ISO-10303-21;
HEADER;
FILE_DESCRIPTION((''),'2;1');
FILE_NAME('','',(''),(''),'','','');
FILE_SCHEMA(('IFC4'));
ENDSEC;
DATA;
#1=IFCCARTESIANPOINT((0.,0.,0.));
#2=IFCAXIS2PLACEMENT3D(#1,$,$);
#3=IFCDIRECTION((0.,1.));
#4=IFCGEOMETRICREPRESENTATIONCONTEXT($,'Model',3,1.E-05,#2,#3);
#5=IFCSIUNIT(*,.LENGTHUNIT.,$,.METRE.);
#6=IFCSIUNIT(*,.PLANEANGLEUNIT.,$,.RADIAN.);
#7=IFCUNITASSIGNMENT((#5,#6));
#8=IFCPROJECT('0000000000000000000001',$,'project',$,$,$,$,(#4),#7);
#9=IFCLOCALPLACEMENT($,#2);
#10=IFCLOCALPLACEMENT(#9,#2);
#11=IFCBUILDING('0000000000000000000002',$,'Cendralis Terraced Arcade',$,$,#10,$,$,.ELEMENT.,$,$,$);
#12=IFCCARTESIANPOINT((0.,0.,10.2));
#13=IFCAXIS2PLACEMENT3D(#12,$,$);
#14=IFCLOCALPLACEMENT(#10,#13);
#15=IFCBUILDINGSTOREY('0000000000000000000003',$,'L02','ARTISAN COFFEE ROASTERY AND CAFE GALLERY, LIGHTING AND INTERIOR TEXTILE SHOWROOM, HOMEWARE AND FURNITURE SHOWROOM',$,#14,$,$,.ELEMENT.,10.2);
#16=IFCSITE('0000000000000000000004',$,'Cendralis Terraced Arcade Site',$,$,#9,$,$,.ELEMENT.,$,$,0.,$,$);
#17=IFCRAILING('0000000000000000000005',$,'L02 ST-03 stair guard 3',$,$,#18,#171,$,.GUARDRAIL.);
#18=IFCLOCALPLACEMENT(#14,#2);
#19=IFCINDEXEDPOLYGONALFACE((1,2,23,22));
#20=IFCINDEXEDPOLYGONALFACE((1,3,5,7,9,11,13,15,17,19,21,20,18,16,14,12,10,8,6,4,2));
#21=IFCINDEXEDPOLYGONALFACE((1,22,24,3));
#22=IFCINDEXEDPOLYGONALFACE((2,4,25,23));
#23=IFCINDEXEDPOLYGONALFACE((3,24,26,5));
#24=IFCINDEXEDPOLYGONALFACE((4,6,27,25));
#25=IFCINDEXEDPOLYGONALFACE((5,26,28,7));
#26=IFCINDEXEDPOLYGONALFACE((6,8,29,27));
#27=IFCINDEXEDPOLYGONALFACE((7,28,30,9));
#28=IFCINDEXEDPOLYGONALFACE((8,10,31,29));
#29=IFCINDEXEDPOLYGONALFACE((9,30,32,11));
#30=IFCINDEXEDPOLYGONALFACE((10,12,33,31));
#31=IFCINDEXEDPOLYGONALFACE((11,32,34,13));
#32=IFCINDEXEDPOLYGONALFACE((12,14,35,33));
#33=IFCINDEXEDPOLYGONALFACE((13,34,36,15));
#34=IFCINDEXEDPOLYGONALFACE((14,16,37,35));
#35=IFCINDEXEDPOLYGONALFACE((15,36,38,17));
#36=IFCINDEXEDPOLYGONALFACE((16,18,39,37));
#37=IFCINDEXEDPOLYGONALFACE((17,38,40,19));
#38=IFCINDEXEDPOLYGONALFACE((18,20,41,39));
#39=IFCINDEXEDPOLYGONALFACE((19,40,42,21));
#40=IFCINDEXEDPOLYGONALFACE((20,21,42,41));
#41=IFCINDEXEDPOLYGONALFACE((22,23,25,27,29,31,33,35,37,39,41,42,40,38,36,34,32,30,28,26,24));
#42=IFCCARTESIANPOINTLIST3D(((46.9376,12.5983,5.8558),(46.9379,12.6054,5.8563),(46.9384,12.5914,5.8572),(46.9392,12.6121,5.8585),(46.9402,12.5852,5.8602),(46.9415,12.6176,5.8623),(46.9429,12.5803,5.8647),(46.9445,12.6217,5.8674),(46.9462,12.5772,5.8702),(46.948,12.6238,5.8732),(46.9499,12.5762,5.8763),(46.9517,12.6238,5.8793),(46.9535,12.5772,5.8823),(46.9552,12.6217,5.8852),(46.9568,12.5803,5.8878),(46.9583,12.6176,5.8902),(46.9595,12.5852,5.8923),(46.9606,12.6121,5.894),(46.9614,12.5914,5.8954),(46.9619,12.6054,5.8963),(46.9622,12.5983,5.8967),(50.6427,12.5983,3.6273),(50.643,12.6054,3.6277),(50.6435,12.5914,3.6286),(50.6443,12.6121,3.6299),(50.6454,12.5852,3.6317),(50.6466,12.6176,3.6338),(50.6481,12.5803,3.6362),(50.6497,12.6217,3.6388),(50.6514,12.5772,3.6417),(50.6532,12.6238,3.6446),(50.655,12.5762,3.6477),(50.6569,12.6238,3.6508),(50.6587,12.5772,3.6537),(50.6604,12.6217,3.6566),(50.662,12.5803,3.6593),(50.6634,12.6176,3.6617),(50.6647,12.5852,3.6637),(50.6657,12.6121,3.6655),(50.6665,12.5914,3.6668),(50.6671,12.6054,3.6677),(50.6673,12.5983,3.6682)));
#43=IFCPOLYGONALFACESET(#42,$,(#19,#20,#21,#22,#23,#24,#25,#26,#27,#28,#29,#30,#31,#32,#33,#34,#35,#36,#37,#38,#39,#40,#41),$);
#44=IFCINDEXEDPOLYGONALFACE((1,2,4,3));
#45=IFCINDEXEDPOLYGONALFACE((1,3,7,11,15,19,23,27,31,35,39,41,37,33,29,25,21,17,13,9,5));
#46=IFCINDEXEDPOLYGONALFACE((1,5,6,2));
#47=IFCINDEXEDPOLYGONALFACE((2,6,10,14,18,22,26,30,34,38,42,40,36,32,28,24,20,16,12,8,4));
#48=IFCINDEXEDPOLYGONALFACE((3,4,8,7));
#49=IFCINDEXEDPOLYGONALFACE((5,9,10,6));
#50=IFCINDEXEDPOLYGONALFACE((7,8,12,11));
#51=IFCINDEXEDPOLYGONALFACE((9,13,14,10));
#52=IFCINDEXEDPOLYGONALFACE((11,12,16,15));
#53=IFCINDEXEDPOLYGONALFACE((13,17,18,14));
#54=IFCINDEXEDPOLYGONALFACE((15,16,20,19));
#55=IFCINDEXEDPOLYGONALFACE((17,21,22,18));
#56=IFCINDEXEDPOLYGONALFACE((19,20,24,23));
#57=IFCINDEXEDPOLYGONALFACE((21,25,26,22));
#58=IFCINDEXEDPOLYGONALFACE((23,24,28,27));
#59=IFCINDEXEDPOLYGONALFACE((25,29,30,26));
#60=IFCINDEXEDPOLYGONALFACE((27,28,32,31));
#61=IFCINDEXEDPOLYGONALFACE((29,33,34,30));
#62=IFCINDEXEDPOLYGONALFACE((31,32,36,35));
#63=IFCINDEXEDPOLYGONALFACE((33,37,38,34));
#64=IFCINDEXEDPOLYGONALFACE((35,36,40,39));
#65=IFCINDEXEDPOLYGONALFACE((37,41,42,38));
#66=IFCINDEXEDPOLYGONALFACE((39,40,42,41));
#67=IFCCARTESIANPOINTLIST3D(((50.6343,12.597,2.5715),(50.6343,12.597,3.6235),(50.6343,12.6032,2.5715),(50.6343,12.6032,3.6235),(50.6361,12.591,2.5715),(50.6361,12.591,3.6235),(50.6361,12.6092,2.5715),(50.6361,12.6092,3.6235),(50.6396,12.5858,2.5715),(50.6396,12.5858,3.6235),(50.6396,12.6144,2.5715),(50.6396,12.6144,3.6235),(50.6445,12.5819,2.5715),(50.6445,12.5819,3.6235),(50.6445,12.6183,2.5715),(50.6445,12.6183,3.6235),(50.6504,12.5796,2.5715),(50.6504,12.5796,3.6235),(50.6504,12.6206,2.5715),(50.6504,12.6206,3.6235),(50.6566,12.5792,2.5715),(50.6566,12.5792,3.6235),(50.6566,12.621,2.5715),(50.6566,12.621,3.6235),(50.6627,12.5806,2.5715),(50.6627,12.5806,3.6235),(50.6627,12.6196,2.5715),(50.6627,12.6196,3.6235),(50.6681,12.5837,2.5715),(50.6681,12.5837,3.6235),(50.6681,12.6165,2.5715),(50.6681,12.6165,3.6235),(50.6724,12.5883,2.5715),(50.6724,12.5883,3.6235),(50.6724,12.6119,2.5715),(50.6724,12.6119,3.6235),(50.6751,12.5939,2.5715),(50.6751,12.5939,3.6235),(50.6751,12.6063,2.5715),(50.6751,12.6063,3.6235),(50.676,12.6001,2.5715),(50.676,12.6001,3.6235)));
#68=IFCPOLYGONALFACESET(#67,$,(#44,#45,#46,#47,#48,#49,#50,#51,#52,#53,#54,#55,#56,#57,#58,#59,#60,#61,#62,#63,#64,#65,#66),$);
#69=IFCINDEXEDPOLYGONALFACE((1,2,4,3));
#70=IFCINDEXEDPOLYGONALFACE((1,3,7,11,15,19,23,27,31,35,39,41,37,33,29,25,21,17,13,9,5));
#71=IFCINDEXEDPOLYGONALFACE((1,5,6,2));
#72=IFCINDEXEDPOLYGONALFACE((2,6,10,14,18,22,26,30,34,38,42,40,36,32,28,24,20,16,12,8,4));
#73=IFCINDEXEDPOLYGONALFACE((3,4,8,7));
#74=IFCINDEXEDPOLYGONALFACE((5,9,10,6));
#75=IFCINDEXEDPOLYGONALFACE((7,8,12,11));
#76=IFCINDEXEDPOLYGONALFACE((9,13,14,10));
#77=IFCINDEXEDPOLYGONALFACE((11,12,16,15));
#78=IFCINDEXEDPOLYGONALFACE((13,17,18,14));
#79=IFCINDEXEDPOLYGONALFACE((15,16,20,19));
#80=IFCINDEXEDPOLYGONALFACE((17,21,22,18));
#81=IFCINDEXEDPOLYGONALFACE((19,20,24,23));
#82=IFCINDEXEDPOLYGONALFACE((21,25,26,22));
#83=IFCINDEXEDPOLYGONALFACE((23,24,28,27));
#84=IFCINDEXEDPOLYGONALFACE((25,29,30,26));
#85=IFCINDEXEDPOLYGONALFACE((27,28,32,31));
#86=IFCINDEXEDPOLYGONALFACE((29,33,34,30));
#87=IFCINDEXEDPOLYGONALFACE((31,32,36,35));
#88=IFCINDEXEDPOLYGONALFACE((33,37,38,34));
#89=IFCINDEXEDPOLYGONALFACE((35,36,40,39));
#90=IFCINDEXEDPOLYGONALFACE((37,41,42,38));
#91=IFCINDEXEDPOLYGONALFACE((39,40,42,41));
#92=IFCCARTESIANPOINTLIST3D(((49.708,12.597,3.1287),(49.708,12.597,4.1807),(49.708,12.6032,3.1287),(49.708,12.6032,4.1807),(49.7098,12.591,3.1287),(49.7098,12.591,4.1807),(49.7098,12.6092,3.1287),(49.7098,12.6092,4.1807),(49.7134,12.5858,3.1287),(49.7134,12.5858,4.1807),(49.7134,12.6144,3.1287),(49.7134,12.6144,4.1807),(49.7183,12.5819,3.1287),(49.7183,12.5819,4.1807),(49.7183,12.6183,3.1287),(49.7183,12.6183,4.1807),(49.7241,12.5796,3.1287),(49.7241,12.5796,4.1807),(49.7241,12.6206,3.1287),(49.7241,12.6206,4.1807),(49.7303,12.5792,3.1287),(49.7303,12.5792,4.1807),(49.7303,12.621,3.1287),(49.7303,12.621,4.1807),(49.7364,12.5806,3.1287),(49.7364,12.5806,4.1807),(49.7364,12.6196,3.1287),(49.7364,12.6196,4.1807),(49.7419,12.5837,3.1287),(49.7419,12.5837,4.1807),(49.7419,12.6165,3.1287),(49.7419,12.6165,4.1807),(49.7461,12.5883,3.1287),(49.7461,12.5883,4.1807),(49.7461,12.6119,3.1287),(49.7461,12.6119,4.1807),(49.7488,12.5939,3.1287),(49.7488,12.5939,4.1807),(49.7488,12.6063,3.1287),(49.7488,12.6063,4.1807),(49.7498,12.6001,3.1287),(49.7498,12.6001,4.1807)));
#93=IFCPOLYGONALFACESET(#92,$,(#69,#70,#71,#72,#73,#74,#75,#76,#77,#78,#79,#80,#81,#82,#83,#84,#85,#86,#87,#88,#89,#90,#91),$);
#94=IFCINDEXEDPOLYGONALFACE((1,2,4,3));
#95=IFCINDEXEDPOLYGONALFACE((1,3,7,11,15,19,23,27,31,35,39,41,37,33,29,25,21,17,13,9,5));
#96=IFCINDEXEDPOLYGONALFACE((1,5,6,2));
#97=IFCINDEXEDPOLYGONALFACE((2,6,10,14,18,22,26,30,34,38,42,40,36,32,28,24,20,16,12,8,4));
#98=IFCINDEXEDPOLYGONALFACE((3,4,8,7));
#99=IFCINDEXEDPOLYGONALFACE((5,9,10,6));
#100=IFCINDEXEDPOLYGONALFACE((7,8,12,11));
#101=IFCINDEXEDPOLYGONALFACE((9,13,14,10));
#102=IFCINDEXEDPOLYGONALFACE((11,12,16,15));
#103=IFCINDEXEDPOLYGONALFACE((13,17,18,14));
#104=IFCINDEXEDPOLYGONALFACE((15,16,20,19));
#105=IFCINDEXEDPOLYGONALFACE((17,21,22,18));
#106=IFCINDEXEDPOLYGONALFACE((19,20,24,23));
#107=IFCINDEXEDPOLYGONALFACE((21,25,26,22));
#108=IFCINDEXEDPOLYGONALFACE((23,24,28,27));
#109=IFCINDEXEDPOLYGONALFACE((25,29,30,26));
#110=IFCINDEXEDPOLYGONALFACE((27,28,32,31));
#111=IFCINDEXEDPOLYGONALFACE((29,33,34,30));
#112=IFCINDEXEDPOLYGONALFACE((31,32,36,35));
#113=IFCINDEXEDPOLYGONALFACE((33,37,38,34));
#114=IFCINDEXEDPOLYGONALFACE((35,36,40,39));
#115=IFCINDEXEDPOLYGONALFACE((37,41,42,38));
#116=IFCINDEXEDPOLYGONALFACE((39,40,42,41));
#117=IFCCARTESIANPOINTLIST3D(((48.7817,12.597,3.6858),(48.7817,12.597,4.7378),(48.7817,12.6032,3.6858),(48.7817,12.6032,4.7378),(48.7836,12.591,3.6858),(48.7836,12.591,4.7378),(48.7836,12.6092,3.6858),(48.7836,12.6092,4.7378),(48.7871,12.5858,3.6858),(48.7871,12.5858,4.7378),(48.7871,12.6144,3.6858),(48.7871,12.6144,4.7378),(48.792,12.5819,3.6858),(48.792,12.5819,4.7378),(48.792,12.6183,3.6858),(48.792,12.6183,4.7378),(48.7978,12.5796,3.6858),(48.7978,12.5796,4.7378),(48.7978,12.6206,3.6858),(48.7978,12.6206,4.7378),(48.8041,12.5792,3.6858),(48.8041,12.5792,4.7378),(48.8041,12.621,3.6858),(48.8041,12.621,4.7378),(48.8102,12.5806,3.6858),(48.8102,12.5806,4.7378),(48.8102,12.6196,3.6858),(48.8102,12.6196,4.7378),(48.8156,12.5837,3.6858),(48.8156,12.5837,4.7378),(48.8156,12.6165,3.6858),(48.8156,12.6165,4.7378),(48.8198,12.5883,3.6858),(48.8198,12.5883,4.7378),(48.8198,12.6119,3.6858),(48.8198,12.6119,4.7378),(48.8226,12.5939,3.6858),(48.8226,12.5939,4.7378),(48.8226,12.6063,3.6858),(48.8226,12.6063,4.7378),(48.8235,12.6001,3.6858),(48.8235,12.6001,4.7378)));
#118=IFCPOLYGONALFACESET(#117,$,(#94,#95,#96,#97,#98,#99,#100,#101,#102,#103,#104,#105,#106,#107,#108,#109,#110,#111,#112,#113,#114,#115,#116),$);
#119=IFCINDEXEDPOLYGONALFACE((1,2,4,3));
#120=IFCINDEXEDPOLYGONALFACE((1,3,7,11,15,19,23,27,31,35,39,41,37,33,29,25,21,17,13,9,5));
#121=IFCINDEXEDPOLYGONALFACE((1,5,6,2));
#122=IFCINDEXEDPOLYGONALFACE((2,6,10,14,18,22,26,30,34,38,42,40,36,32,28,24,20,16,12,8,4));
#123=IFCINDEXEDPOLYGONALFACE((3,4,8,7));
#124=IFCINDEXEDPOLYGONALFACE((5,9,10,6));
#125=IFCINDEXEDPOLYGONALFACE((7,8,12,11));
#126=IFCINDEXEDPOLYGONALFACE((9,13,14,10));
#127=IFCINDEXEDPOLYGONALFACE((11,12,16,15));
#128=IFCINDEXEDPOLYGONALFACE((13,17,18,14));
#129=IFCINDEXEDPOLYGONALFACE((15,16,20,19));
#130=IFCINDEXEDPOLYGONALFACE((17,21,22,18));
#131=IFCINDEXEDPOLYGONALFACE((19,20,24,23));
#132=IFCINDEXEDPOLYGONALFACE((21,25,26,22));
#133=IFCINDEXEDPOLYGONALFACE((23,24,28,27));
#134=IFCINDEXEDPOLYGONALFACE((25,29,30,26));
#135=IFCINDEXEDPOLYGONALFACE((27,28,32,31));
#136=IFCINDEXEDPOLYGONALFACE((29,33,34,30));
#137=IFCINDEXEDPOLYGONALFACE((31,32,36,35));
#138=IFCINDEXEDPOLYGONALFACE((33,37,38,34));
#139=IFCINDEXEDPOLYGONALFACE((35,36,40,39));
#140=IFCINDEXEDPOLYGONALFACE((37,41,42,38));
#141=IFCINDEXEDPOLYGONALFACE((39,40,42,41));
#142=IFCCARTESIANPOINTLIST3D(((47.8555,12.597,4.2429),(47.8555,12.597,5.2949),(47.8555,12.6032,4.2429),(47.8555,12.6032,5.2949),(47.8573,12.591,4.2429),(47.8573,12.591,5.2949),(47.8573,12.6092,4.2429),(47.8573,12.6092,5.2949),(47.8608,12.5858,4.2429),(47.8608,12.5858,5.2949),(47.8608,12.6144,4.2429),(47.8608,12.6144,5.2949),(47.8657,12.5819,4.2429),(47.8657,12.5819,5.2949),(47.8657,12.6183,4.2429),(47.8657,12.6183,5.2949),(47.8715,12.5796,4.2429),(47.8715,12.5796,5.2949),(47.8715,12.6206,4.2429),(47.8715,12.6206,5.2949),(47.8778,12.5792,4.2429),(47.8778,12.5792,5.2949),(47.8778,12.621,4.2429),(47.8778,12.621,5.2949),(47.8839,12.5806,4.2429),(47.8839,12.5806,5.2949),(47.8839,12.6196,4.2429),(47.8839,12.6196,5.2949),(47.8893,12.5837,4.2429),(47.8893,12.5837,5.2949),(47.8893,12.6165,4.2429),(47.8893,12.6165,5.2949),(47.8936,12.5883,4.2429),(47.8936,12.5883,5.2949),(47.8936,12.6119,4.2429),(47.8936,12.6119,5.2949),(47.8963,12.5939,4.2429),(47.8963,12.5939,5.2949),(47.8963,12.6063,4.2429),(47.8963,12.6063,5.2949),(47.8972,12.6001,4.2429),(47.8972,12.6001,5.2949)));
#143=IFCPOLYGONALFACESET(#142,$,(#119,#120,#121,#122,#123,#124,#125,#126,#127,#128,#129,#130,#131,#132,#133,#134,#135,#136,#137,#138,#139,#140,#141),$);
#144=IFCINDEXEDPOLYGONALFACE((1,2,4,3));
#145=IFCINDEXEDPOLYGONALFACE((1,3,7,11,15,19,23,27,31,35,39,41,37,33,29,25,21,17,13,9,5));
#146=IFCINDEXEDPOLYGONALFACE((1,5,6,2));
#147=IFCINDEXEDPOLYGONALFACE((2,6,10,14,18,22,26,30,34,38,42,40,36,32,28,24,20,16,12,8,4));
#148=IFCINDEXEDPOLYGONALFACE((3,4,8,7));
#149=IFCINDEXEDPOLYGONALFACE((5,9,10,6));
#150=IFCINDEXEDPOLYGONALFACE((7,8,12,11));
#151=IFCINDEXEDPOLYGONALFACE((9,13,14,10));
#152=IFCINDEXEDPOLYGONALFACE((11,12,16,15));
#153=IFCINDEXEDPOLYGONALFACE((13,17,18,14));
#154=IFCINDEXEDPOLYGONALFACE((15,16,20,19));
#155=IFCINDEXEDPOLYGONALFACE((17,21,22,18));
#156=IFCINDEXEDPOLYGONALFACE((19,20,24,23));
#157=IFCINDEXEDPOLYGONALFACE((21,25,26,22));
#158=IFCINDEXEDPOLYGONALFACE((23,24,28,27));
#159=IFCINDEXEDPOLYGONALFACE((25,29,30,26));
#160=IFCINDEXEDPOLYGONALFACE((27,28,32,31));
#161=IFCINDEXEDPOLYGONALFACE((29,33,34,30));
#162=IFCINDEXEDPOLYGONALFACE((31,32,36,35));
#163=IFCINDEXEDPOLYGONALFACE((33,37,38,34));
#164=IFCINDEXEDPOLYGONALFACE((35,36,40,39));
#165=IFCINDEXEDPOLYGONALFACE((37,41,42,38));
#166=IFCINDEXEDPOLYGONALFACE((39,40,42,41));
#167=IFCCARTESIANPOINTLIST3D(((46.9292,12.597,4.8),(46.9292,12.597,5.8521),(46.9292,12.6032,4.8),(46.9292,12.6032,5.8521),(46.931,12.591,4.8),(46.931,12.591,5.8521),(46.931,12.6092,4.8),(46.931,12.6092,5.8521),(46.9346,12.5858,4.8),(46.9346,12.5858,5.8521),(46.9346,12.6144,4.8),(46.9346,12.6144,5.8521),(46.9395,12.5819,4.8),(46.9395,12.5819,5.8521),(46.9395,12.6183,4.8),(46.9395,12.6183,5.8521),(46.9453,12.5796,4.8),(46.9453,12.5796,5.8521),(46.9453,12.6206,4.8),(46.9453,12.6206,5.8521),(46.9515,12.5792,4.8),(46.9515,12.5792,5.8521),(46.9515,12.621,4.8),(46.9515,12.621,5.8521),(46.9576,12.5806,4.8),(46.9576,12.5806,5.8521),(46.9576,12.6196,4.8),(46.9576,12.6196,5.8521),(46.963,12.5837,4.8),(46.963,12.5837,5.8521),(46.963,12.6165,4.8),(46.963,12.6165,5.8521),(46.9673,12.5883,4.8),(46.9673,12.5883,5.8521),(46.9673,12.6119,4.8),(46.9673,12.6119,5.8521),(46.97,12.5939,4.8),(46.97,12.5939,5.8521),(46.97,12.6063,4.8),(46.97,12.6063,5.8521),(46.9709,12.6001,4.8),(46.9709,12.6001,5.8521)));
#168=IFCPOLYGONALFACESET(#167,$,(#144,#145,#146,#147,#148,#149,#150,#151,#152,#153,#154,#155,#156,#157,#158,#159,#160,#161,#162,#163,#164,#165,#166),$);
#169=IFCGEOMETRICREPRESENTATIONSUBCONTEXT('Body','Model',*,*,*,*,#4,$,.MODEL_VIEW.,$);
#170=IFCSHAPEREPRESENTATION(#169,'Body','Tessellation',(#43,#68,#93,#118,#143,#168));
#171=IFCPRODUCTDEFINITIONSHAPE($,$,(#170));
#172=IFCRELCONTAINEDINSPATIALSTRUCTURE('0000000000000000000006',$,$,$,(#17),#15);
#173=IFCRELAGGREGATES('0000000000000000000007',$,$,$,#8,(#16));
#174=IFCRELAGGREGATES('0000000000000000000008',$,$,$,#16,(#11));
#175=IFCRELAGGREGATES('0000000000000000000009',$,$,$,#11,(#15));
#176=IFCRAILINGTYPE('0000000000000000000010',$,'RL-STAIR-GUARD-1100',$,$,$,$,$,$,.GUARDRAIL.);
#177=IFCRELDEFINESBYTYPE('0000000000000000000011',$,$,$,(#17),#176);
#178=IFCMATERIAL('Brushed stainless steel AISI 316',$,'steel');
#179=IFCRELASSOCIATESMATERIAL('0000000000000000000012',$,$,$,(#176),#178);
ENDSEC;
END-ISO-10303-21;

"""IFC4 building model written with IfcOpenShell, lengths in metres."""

from ifc_helpers import new_model, si_unit, direction, frame, origin, origin_2d, place, context, subcontext, project, spatial, circle, extrude, material, type_object, element, save


model = new_model("IFC4")

# Units and contexts
model_context = context("Model", 3, precision=1e-05, world=origin(), true_north=direction((0.0, 1.0)))
body_context = subcontext(model_context, "Body", "Model", "MODEL_VIEW")
ifc_project = project(units=[si_unit("LENGTHUNIT", "METRE"), si_unit("PLANEANGLEUNIT", "RADIAN")], contexts=[model_context])

# Site, building, storey
site_placement = place(None, origin())
site = spatial("IfcSite", under=ifc_project, at=site_placement, Name="Cendralis Terraced Arcade Site", CompositionType="ELEMENT", RefElevation=0.0)
building_placement = place(site_placement, origin())
building = spatial("IfcBuilding", under=site, at=building_placement, Name="Cendralis Terraced Arcade", CompositionType="ELEMENT")
storey_placement = place(building_placement, frame((0.0, 0.0, 10.2)))
storey = spatial("IfcBuildingStorey", under=building, at=storey_placement, Name="L02", Description="ARTISAN COFFEE ROASTERY AND CAFE GALLERY, LIGHTING AND INTERIOR TEXTILE SHOWROOM, HOMEWARE AND FURNITURE SHOWROOM", CompositionType="ELEMENT", Elevation=10.2)

# Railing
ifc_material_1 = material(Name="Brushed stainless steel AISI 316", Category="steel")
railing_type_1 = type_object("IfcRailingType", Name="RL-STAIR-GUARD-1100", PredefinedType="GUARDRAIL", material=ifc_material_1)
railing_1_placement = place(storey_placement, frame((50.655, 12.6001, 2.5715)))
element("IfcRailing", 1, at=railing_1_placement, inside=storey, type_object=railing_type_1, Name="L02 ST-03 stair guard 3", PredefinedType="GUARDRAIL", context=body_context, shape_type="SweptSolid", body=[
    extrude(circle(Radius=0.0239, at=origin_2d()), frame((0.0, 0.0, 1.0762), z_axis=(-0.856934, 0.0, 0.515425), x_axis=(0.0, -1.0, 0.0)), (0.0, 0.0, 1.0), 4.3237),
    extrude(circle(Radius=0.021, at=origin_2d()), origin(), (0.0, 0.0, 1.0), 1.052),
    extrude(circle(Radius=0.021, at=origin_2d()), frame((-0.9263, 0.0, 0.5571)), (0.0, 0.0, 1.0), 1.052),
    extrude(circle(Radius=0.021, at=origin_2d()), frame((-1.8525, 0.0, 1.1143)), (0.0, 0.0, 1.0), 1.052),
    extrude(circle(Radius=0.021, at=origin_2d()), frame((-2.7788, 0.0, 1.6714)), (0.0, 0.0, 1.0), 1.052),
    extrude(circle(Radius=0.021, at=origin_2d()), frame((-3.7051, 0.0, 2.2285)), (0.0, 0.0, 1.0), 1.052),
])

save(model, "model.ifc")
